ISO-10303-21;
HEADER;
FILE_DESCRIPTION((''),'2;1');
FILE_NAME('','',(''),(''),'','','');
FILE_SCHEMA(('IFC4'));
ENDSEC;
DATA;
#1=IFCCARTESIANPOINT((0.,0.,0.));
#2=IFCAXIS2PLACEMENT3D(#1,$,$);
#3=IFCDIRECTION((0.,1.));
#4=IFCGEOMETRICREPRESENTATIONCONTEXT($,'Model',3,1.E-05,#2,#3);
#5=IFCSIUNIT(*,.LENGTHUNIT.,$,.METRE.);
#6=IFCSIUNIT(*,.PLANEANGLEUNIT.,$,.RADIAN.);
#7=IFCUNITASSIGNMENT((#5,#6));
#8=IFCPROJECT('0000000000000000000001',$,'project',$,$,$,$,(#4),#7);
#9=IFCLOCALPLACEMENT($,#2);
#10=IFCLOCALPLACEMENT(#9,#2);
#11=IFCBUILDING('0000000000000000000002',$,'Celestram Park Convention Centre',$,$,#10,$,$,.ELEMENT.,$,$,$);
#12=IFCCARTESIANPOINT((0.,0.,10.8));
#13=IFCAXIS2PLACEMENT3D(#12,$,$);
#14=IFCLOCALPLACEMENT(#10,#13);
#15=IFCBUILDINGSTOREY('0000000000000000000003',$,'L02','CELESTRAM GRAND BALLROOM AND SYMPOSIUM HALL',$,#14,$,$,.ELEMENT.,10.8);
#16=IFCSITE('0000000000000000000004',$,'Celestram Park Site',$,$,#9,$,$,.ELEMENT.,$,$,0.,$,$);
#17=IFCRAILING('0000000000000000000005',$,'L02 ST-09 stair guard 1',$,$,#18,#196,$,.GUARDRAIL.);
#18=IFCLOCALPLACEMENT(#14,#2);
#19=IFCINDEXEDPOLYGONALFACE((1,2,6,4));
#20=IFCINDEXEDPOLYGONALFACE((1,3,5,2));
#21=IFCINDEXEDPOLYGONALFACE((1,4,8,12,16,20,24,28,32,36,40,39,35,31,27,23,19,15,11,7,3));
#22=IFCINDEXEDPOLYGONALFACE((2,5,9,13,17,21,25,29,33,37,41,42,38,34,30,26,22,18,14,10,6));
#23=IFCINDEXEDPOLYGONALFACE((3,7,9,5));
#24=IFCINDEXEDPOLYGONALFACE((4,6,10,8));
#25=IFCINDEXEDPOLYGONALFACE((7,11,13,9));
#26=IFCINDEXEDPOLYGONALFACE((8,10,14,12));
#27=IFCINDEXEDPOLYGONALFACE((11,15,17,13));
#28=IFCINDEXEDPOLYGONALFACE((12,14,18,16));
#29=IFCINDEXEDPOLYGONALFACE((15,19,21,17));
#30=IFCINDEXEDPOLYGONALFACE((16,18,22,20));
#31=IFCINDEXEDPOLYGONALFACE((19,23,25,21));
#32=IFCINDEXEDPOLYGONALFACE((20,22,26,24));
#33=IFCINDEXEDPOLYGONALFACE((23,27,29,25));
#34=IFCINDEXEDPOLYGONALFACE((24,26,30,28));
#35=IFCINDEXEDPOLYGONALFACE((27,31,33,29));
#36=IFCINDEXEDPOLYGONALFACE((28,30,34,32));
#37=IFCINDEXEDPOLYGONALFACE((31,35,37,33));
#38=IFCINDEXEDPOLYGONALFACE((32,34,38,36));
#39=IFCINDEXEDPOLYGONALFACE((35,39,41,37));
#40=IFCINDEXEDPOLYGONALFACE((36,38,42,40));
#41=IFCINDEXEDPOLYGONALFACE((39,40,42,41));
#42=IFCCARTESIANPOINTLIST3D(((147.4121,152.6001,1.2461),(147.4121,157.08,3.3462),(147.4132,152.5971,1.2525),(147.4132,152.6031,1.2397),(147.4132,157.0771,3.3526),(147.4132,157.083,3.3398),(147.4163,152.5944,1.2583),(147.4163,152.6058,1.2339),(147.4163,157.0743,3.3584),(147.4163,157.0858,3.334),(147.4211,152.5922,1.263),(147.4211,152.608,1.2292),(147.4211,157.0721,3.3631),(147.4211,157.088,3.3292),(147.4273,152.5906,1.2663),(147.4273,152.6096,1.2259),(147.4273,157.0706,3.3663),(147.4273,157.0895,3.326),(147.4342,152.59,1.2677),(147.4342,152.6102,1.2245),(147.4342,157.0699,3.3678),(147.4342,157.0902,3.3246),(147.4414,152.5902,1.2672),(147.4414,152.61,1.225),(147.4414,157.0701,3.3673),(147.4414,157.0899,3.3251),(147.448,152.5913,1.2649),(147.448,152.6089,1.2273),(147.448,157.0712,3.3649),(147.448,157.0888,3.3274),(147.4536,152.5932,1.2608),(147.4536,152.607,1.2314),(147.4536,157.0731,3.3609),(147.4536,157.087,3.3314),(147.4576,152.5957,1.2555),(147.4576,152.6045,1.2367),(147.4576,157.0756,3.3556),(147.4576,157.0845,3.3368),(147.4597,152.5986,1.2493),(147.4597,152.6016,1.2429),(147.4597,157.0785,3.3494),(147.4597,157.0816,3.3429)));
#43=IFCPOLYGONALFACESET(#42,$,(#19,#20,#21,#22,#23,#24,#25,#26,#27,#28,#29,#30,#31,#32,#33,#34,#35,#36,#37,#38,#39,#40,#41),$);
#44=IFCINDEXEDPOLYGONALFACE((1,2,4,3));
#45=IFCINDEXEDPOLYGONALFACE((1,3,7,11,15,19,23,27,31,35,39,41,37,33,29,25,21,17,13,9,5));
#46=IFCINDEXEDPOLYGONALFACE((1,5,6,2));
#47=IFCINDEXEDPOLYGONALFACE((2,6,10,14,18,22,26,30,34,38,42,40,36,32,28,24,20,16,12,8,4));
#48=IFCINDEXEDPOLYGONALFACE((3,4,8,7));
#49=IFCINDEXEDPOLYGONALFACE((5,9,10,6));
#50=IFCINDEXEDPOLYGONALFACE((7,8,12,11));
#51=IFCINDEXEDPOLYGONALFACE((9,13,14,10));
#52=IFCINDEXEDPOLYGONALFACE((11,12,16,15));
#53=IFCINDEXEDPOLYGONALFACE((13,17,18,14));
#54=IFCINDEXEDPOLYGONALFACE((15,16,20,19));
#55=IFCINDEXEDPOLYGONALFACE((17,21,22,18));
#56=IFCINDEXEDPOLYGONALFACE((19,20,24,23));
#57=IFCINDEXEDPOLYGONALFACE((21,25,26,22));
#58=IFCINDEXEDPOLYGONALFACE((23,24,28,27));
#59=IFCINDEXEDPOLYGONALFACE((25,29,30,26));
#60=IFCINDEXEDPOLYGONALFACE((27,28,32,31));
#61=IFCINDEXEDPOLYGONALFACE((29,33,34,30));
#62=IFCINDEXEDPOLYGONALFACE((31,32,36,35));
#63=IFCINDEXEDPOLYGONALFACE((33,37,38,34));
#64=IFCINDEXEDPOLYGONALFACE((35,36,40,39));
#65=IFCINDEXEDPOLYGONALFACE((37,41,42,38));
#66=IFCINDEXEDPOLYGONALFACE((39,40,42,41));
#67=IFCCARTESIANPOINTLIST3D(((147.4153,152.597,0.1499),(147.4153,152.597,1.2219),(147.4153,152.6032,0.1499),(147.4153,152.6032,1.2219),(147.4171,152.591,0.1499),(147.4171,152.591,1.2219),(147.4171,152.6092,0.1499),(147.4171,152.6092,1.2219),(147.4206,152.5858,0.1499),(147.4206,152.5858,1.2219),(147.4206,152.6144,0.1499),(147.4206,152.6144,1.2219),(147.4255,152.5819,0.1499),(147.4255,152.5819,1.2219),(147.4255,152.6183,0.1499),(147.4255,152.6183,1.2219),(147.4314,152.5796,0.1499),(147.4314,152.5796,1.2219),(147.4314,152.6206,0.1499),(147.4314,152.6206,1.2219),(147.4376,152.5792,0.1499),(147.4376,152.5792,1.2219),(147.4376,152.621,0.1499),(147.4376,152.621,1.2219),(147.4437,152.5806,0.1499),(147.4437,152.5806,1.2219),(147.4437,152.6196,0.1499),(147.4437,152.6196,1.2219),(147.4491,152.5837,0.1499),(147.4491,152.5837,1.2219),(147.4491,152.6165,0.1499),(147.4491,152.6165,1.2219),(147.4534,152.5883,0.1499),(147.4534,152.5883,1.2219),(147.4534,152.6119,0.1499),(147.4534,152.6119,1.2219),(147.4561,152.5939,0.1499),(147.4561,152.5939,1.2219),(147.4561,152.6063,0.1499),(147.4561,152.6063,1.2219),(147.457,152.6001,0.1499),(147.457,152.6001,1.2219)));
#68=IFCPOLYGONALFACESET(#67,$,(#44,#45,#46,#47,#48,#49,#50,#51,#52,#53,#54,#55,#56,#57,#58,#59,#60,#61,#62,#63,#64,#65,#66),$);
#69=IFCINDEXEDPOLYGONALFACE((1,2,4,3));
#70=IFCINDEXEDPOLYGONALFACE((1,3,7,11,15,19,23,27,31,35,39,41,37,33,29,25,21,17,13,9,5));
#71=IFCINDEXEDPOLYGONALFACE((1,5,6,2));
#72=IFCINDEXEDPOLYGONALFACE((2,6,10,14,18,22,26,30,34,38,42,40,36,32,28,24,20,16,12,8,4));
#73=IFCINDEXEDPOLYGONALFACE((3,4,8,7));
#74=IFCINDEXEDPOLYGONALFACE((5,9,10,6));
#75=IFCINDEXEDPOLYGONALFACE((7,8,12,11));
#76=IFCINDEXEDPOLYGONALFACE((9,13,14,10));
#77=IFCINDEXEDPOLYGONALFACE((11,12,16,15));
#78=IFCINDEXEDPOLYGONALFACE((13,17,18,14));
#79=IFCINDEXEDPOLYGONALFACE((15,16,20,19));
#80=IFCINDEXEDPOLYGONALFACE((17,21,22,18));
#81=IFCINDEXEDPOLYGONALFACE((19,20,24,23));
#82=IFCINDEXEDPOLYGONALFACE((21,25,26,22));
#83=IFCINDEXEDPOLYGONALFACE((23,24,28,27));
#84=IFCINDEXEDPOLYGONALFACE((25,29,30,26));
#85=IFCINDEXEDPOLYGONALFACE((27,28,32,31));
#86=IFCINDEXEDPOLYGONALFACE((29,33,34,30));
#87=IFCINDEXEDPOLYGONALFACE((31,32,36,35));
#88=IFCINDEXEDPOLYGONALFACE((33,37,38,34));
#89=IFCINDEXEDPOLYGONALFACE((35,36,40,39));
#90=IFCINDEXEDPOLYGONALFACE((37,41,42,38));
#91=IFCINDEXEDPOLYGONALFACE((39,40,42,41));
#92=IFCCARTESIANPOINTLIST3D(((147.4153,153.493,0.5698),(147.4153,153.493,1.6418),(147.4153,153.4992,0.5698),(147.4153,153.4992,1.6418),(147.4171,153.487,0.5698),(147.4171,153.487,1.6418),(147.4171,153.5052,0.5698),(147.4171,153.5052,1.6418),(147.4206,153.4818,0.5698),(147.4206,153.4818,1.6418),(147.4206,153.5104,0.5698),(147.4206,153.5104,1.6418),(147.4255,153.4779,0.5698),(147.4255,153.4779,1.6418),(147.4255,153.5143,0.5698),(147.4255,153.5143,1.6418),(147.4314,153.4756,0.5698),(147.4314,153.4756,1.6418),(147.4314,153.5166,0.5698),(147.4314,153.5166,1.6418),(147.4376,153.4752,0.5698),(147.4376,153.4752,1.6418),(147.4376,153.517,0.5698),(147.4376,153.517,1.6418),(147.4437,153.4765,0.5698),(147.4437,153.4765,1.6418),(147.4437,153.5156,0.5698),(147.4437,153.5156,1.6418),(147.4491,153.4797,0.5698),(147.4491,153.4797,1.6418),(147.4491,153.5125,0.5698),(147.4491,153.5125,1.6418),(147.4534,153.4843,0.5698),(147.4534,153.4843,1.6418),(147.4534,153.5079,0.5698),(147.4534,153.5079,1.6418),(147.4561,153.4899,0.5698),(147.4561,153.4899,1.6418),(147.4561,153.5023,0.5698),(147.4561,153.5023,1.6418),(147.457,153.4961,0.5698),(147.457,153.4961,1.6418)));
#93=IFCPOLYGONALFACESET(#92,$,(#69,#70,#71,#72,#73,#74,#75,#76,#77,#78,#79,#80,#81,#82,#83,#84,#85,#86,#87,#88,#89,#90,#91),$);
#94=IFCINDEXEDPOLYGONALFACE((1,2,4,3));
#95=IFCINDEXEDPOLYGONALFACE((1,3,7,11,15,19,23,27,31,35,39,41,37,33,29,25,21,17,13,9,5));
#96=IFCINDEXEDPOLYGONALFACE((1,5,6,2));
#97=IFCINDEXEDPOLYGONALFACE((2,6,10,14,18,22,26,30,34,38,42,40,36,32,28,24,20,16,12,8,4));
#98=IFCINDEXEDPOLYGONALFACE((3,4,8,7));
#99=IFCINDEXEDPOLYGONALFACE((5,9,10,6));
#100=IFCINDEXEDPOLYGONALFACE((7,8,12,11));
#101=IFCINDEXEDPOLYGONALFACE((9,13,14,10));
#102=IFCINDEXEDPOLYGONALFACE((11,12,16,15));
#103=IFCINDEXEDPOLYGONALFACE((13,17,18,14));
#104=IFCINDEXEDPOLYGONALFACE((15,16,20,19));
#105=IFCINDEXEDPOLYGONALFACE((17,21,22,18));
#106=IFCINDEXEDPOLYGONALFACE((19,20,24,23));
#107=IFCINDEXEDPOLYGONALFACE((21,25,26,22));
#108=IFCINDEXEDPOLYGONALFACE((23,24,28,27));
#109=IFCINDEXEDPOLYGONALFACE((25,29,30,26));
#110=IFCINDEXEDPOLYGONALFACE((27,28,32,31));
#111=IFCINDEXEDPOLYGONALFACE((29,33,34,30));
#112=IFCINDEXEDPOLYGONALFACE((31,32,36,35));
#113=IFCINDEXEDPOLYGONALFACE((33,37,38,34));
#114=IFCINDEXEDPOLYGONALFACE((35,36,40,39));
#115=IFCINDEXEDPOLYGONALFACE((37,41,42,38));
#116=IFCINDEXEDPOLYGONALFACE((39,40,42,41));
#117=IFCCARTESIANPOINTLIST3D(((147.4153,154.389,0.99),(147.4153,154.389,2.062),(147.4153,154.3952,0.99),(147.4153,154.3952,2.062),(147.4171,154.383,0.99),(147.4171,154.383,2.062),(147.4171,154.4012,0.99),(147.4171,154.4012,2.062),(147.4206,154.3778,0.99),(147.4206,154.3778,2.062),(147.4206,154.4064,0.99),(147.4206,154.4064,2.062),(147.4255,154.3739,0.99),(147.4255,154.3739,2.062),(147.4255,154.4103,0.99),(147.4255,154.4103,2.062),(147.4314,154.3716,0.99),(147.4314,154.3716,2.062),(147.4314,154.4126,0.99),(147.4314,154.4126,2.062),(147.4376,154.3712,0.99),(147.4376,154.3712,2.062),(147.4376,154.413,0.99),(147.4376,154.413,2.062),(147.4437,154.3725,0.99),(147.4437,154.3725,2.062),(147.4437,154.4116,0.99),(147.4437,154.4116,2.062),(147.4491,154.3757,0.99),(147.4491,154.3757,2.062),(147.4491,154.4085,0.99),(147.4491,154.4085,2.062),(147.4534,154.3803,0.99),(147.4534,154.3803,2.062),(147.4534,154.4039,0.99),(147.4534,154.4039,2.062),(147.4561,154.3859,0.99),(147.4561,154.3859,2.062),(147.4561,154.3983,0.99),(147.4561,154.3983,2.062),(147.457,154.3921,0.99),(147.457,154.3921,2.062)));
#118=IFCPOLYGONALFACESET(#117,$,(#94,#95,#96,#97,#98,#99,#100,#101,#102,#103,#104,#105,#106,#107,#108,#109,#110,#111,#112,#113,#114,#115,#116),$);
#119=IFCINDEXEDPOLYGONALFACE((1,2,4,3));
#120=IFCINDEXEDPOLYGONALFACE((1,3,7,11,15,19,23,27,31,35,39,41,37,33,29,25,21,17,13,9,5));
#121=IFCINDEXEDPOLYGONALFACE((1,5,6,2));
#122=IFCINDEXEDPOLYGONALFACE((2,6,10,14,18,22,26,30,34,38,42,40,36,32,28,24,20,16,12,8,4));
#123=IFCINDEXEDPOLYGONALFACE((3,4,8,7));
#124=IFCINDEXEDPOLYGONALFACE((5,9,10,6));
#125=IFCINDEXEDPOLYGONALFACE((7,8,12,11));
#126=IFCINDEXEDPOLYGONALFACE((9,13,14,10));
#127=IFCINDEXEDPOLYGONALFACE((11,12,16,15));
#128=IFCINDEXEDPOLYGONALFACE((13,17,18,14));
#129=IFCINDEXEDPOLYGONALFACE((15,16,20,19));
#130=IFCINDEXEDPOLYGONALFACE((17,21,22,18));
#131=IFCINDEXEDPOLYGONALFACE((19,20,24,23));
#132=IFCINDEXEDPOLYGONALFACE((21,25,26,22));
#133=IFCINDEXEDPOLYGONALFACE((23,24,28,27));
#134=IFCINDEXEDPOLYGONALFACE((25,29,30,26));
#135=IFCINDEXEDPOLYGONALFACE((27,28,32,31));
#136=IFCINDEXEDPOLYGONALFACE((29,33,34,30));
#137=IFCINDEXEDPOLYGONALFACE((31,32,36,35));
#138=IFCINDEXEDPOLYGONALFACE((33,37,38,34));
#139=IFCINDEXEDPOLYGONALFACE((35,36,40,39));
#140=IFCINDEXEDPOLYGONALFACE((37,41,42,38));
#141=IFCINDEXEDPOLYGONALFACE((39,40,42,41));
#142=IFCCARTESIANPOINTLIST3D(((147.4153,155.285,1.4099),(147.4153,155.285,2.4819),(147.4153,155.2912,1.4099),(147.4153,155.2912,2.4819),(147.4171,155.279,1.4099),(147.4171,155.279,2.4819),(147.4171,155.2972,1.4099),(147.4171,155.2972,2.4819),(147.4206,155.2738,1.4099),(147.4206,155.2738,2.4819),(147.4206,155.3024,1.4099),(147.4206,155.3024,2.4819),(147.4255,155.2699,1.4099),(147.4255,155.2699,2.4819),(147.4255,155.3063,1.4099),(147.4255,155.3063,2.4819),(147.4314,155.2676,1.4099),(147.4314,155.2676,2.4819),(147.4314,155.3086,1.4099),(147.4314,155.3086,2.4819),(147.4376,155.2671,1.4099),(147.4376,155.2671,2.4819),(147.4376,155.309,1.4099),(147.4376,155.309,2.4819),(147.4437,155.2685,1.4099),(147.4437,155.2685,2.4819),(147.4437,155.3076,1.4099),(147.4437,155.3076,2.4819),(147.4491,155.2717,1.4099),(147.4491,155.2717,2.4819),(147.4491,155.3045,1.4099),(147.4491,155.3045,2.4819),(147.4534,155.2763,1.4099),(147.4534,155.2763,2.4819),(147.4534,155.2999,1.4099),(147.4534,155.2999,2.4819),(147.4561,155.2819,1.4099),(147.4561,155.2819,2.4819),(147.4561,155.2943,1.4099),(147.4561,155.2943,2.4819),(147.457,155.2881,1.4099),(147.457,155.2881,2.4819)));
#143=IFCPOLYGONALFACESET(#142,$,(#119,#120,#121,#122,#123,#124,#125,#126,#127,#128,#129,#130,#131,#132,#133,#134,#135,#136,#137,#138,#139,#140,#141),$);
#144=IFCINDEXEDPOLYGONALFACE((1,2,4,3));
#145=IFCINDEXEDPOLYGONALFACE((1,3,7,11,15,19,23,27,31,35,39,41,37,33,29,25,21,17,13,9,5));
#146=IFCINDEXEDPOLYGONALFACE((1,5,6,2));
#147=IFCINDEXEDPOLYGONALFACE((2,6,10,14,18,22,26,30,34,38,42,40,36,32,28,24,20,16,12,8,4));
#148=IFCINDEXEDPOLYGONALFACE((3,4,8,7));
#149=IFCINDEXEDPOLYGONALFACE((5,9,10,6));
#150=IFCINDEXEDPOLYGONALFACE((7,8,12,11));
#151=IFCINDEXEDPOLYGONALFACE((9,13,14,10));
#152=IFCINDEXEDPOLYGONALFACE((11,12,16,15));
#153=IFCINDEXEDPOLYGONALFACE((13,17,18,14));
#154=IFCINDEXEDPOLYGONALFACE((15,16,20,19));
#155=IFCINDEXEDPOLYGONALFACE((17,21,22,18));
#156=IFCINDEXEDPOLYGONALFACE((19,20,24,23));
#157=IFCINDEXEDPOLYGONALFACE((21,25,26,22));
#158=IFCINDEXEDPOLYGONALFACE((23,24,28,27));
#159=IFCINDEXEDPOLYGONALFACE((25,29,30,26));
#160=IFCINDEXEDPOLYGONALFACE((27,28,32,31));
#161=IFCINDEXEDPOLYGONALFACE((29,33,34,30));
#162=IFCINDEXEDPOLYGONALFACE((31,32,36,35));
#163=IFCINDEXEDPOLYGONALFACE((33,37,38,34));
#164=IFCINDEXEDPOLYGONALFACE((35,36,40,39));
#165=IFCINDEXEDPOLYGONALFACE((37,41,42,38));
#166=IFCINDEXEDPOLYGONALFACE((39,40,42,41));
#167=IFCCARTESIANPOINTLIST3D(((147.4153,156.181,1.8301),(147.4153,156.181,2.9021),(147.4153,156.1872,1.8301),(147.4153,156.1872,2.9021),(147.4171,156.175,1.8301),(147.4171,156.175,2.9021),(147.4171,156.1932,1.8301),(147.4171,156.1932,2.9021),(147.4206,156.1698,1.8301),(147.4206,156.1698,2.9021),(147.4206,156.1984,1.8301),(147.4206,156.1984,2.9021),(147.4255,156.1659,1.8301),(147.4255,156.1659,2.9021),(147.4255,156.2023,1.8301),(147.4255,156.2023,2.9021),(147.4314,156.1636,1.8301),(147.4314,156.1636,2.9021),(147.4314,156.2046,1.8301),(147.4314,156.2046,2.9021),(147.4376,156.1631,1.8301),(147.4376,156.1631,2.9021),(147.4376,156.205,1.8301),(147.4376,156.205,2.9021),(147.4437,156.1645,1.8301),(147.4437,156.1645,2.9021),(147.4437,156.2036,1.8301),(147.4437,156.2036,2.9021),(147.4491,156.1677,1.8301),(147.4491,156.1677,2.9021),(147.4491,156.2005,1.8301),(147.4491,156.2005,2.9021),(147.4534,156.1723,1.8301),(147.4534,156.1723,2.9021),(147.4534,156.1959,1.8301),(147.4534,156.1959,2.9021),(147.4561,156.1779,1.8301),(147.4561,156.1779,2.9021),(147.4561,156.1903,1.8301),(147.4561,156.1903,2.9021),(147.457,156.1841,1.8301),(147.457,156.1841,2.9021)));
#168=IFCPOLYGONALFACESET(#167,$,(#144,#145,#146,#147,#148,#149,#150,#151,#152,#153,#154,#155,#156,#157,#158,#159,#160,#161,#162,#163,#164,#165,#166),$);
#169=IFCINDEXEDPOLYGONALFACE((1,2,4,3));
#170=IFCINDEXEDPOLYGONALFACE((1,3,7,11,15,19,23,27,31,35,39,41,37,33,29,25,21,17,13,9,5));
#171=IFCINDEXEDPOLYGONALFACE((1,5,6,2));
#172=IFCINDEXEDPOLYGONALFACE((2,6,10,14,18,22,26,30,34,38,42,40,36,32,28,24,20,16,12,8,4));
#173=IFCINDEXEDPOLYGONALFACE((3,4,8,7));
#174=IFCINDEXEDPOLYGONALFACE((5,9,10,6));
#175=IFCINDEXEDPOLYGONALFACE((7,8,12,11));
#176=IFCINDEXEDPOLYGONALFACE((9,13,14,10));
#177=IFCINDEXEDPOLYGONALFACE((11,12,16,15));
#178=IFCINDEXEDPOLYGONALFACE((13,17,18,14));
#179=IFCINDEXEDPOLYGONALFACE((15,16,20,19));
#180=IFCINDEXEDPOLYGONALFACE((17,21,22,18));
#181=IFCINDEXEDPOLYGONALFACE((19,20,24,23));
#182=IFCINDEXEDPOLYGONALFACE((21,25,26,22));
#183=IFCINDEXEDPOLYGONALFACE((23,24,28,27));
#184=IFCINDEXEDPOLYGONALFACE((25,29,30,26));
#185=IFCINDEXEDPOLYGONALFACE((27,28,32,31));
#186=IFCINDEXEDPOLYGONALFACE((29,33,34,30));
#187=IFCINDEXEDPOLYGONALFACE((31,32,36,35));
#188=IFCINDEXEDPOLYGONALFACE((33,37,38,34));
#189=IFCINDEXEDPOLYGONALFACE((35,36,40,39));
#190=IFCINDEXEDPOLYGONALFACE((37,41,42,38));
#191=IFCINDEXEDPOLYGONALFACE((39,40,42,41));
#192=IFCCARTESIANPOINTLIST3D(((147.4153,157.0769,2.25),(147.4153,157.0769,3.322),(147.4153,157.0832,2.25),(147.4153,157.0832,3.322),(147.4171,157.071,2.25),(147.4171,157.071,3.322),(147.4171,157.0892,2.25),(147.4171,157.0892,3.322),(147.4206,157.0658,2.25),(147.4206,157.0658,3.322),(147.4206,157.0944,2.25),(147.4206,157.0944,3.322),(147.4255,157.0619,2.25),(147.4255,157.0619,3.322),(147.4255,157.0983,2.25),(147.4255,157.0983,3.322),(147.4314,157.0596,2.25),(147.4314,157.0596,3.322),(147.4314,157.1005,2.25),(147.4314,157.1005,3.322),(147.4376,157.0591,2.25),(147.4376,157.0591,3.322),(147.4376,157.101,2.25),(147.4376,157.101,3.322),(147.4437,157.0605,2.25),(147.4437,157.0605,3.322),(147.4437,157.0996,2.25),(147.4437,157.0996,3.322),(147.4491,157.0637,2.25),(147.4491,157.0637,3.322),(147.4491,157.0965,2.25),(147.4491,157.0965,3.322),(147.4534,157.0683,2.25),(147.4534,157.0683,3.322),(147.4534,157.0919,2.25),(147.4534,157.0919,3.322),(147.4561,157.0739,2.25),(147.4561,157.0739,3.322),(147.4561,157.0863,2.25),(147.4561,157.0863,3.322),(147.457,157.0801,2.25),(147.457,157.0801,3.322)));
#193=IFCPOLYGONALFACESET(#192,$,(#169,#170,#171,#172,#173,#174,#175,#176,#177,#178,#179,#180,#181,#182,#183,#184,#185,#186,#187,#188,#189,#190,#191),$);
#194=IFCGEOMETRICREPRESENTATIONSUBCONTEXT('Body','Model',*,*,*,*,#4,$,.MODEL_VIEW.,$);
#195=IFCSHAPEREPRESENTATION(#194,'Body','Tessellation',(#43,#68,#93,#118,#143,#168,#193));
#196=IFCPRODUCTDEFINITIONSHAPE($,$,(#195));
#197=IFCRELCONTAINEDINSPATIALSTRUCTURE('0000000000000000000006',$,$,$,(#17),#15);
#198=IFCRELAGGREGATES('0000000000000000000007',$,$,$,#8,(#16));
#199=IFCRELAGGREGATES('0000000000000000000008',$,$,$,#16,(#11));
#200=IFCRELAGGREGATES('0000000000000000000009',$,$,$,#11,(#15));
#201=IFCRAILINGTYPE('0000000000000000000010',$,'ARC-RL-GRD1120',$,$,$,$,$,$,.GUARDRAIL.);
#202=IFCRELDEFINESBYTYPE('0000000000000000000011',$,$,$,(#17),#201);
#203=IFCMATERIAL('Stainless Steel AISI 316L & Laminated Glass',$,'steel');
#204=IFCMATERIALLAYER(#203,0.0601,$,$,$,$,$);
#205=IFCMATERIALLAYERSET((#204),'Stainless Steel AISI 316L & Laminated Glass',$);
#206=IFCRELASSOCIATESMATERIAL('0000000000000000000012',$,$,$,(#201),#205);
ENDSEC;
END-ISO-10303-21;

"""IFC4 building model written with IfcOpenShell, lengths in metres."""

from ifc_helpers import new_model, si_unit, direction, frame, origin, origin_2d, place, context, subcontext, project, spatial, circle, extrude, material, layer, layer_set, type_object, element, save


model = new_model("IFC4")

# Units and contexts
model_context = context("Model", 3, precision=1e-05, world=origin(), true_north=direction((0.0, 1.0)))
body_context = subcontext(model_context, "Body", "Model", "MODEL_VIEW")
ifc_project = project(units=[si_unit("LENGTHUNIT", "METRE"), si_unit("PLANEANGLEUNIT", "RADIAN")], contexts=[model_context])

# Site, building, storey
site_placement = place(None, origin())
site = spatial("IfcSite", under=ifc_project, at=site_placement, Name="Celestram Park Site", CompositionType="ELEMENT", RefElevation=0.0)
building_placement = place(site_placement, origin())
building = spatial("IfcBuilding", under=site, at=building_placement, Name="Celestram Park Convention Centre", CompositionType="ELEMENT")
storey_placement = place(building_placement, frame((0.0, 0.0, 10.8)))
storey = spatial("IfcBuildingStorey", under=building, at=storey_placement, Name="L02", Description="CELESTRAM GRAND BALLROOM AND SYMPOSIUM HALL", CompositionType="ELEMENT", Elevation=10.8)

# Railing
ifc_material_1 = material(Name="Stainless Steel AISI 316L & Laminated Glass", Category="steel")
ifc_layer_1 = layer(ifc_material_1, 0.0601)
ifc_layer_set_1 = layer_set([ifc_layer_1], Name="Stainless Steel AISI 316L & Laminated Glass")
railing_type_1 = type_object("IfcRailingType", Name="ARC-RL-GRD1120", PredefinedType="GUARDRAIL", material=ifc_layer_set_1)
railing_1_placement = place(storey_placement, frame((147.436, 152.6001, 0.1499)))
element("IfcRailing", 1, at=railing_1_placement, inside=storey, type_object=railing_type_1, Name="L02 ST-09 stair guard 1", PredefinedType="GUARDRAIL", context=body_context, shape_type="SweptSolid", body=[
    extrude(circle(Radius=0.0239, at=origin_2d()), frame((0.0, 0.0, 1.0962), z_axis=(0.0, 0.905451, 0.424452), x_axis=(-1.0, 0.0, 0.0)), (0.0, 0.0, 1.0), 4.9478),
    extrude(circle(Radius=0.021, at=origin_2d()), origin(), (0.0, 0.0, 1.0), 1.072),
    extrude(circle(Radius=0.021, at=origin_2d()), frame((0.0, 0.896, 0.4199)), (0.0, 0.0, 1.0), 1.072),
    extrude(circle(Radius=0.021, at=origin_2d()), frame((0.0, 1.792, 0.8401)), (0.0, 0.0, 1.0), 1.072),
    extrude(circle(Radius=0.021, at=origin_2d()), frame((0.0, 2.688, 1.26)), (0.0, 0.0, 1.0), 1.072),
    extrude(circle(Radius=0.021, at=origin_2d()), frame((0.0, 3.584, 1.6802)), (0.0, 0.0, 1.0), 1.072),
    extrude(circle(Radius=0.021, at=origin_2d()), frame((0.0, 4.48, 2.1001)), (0.0, 0.0, 1.0), 1.072),
])

save(model, "model.ifc")
